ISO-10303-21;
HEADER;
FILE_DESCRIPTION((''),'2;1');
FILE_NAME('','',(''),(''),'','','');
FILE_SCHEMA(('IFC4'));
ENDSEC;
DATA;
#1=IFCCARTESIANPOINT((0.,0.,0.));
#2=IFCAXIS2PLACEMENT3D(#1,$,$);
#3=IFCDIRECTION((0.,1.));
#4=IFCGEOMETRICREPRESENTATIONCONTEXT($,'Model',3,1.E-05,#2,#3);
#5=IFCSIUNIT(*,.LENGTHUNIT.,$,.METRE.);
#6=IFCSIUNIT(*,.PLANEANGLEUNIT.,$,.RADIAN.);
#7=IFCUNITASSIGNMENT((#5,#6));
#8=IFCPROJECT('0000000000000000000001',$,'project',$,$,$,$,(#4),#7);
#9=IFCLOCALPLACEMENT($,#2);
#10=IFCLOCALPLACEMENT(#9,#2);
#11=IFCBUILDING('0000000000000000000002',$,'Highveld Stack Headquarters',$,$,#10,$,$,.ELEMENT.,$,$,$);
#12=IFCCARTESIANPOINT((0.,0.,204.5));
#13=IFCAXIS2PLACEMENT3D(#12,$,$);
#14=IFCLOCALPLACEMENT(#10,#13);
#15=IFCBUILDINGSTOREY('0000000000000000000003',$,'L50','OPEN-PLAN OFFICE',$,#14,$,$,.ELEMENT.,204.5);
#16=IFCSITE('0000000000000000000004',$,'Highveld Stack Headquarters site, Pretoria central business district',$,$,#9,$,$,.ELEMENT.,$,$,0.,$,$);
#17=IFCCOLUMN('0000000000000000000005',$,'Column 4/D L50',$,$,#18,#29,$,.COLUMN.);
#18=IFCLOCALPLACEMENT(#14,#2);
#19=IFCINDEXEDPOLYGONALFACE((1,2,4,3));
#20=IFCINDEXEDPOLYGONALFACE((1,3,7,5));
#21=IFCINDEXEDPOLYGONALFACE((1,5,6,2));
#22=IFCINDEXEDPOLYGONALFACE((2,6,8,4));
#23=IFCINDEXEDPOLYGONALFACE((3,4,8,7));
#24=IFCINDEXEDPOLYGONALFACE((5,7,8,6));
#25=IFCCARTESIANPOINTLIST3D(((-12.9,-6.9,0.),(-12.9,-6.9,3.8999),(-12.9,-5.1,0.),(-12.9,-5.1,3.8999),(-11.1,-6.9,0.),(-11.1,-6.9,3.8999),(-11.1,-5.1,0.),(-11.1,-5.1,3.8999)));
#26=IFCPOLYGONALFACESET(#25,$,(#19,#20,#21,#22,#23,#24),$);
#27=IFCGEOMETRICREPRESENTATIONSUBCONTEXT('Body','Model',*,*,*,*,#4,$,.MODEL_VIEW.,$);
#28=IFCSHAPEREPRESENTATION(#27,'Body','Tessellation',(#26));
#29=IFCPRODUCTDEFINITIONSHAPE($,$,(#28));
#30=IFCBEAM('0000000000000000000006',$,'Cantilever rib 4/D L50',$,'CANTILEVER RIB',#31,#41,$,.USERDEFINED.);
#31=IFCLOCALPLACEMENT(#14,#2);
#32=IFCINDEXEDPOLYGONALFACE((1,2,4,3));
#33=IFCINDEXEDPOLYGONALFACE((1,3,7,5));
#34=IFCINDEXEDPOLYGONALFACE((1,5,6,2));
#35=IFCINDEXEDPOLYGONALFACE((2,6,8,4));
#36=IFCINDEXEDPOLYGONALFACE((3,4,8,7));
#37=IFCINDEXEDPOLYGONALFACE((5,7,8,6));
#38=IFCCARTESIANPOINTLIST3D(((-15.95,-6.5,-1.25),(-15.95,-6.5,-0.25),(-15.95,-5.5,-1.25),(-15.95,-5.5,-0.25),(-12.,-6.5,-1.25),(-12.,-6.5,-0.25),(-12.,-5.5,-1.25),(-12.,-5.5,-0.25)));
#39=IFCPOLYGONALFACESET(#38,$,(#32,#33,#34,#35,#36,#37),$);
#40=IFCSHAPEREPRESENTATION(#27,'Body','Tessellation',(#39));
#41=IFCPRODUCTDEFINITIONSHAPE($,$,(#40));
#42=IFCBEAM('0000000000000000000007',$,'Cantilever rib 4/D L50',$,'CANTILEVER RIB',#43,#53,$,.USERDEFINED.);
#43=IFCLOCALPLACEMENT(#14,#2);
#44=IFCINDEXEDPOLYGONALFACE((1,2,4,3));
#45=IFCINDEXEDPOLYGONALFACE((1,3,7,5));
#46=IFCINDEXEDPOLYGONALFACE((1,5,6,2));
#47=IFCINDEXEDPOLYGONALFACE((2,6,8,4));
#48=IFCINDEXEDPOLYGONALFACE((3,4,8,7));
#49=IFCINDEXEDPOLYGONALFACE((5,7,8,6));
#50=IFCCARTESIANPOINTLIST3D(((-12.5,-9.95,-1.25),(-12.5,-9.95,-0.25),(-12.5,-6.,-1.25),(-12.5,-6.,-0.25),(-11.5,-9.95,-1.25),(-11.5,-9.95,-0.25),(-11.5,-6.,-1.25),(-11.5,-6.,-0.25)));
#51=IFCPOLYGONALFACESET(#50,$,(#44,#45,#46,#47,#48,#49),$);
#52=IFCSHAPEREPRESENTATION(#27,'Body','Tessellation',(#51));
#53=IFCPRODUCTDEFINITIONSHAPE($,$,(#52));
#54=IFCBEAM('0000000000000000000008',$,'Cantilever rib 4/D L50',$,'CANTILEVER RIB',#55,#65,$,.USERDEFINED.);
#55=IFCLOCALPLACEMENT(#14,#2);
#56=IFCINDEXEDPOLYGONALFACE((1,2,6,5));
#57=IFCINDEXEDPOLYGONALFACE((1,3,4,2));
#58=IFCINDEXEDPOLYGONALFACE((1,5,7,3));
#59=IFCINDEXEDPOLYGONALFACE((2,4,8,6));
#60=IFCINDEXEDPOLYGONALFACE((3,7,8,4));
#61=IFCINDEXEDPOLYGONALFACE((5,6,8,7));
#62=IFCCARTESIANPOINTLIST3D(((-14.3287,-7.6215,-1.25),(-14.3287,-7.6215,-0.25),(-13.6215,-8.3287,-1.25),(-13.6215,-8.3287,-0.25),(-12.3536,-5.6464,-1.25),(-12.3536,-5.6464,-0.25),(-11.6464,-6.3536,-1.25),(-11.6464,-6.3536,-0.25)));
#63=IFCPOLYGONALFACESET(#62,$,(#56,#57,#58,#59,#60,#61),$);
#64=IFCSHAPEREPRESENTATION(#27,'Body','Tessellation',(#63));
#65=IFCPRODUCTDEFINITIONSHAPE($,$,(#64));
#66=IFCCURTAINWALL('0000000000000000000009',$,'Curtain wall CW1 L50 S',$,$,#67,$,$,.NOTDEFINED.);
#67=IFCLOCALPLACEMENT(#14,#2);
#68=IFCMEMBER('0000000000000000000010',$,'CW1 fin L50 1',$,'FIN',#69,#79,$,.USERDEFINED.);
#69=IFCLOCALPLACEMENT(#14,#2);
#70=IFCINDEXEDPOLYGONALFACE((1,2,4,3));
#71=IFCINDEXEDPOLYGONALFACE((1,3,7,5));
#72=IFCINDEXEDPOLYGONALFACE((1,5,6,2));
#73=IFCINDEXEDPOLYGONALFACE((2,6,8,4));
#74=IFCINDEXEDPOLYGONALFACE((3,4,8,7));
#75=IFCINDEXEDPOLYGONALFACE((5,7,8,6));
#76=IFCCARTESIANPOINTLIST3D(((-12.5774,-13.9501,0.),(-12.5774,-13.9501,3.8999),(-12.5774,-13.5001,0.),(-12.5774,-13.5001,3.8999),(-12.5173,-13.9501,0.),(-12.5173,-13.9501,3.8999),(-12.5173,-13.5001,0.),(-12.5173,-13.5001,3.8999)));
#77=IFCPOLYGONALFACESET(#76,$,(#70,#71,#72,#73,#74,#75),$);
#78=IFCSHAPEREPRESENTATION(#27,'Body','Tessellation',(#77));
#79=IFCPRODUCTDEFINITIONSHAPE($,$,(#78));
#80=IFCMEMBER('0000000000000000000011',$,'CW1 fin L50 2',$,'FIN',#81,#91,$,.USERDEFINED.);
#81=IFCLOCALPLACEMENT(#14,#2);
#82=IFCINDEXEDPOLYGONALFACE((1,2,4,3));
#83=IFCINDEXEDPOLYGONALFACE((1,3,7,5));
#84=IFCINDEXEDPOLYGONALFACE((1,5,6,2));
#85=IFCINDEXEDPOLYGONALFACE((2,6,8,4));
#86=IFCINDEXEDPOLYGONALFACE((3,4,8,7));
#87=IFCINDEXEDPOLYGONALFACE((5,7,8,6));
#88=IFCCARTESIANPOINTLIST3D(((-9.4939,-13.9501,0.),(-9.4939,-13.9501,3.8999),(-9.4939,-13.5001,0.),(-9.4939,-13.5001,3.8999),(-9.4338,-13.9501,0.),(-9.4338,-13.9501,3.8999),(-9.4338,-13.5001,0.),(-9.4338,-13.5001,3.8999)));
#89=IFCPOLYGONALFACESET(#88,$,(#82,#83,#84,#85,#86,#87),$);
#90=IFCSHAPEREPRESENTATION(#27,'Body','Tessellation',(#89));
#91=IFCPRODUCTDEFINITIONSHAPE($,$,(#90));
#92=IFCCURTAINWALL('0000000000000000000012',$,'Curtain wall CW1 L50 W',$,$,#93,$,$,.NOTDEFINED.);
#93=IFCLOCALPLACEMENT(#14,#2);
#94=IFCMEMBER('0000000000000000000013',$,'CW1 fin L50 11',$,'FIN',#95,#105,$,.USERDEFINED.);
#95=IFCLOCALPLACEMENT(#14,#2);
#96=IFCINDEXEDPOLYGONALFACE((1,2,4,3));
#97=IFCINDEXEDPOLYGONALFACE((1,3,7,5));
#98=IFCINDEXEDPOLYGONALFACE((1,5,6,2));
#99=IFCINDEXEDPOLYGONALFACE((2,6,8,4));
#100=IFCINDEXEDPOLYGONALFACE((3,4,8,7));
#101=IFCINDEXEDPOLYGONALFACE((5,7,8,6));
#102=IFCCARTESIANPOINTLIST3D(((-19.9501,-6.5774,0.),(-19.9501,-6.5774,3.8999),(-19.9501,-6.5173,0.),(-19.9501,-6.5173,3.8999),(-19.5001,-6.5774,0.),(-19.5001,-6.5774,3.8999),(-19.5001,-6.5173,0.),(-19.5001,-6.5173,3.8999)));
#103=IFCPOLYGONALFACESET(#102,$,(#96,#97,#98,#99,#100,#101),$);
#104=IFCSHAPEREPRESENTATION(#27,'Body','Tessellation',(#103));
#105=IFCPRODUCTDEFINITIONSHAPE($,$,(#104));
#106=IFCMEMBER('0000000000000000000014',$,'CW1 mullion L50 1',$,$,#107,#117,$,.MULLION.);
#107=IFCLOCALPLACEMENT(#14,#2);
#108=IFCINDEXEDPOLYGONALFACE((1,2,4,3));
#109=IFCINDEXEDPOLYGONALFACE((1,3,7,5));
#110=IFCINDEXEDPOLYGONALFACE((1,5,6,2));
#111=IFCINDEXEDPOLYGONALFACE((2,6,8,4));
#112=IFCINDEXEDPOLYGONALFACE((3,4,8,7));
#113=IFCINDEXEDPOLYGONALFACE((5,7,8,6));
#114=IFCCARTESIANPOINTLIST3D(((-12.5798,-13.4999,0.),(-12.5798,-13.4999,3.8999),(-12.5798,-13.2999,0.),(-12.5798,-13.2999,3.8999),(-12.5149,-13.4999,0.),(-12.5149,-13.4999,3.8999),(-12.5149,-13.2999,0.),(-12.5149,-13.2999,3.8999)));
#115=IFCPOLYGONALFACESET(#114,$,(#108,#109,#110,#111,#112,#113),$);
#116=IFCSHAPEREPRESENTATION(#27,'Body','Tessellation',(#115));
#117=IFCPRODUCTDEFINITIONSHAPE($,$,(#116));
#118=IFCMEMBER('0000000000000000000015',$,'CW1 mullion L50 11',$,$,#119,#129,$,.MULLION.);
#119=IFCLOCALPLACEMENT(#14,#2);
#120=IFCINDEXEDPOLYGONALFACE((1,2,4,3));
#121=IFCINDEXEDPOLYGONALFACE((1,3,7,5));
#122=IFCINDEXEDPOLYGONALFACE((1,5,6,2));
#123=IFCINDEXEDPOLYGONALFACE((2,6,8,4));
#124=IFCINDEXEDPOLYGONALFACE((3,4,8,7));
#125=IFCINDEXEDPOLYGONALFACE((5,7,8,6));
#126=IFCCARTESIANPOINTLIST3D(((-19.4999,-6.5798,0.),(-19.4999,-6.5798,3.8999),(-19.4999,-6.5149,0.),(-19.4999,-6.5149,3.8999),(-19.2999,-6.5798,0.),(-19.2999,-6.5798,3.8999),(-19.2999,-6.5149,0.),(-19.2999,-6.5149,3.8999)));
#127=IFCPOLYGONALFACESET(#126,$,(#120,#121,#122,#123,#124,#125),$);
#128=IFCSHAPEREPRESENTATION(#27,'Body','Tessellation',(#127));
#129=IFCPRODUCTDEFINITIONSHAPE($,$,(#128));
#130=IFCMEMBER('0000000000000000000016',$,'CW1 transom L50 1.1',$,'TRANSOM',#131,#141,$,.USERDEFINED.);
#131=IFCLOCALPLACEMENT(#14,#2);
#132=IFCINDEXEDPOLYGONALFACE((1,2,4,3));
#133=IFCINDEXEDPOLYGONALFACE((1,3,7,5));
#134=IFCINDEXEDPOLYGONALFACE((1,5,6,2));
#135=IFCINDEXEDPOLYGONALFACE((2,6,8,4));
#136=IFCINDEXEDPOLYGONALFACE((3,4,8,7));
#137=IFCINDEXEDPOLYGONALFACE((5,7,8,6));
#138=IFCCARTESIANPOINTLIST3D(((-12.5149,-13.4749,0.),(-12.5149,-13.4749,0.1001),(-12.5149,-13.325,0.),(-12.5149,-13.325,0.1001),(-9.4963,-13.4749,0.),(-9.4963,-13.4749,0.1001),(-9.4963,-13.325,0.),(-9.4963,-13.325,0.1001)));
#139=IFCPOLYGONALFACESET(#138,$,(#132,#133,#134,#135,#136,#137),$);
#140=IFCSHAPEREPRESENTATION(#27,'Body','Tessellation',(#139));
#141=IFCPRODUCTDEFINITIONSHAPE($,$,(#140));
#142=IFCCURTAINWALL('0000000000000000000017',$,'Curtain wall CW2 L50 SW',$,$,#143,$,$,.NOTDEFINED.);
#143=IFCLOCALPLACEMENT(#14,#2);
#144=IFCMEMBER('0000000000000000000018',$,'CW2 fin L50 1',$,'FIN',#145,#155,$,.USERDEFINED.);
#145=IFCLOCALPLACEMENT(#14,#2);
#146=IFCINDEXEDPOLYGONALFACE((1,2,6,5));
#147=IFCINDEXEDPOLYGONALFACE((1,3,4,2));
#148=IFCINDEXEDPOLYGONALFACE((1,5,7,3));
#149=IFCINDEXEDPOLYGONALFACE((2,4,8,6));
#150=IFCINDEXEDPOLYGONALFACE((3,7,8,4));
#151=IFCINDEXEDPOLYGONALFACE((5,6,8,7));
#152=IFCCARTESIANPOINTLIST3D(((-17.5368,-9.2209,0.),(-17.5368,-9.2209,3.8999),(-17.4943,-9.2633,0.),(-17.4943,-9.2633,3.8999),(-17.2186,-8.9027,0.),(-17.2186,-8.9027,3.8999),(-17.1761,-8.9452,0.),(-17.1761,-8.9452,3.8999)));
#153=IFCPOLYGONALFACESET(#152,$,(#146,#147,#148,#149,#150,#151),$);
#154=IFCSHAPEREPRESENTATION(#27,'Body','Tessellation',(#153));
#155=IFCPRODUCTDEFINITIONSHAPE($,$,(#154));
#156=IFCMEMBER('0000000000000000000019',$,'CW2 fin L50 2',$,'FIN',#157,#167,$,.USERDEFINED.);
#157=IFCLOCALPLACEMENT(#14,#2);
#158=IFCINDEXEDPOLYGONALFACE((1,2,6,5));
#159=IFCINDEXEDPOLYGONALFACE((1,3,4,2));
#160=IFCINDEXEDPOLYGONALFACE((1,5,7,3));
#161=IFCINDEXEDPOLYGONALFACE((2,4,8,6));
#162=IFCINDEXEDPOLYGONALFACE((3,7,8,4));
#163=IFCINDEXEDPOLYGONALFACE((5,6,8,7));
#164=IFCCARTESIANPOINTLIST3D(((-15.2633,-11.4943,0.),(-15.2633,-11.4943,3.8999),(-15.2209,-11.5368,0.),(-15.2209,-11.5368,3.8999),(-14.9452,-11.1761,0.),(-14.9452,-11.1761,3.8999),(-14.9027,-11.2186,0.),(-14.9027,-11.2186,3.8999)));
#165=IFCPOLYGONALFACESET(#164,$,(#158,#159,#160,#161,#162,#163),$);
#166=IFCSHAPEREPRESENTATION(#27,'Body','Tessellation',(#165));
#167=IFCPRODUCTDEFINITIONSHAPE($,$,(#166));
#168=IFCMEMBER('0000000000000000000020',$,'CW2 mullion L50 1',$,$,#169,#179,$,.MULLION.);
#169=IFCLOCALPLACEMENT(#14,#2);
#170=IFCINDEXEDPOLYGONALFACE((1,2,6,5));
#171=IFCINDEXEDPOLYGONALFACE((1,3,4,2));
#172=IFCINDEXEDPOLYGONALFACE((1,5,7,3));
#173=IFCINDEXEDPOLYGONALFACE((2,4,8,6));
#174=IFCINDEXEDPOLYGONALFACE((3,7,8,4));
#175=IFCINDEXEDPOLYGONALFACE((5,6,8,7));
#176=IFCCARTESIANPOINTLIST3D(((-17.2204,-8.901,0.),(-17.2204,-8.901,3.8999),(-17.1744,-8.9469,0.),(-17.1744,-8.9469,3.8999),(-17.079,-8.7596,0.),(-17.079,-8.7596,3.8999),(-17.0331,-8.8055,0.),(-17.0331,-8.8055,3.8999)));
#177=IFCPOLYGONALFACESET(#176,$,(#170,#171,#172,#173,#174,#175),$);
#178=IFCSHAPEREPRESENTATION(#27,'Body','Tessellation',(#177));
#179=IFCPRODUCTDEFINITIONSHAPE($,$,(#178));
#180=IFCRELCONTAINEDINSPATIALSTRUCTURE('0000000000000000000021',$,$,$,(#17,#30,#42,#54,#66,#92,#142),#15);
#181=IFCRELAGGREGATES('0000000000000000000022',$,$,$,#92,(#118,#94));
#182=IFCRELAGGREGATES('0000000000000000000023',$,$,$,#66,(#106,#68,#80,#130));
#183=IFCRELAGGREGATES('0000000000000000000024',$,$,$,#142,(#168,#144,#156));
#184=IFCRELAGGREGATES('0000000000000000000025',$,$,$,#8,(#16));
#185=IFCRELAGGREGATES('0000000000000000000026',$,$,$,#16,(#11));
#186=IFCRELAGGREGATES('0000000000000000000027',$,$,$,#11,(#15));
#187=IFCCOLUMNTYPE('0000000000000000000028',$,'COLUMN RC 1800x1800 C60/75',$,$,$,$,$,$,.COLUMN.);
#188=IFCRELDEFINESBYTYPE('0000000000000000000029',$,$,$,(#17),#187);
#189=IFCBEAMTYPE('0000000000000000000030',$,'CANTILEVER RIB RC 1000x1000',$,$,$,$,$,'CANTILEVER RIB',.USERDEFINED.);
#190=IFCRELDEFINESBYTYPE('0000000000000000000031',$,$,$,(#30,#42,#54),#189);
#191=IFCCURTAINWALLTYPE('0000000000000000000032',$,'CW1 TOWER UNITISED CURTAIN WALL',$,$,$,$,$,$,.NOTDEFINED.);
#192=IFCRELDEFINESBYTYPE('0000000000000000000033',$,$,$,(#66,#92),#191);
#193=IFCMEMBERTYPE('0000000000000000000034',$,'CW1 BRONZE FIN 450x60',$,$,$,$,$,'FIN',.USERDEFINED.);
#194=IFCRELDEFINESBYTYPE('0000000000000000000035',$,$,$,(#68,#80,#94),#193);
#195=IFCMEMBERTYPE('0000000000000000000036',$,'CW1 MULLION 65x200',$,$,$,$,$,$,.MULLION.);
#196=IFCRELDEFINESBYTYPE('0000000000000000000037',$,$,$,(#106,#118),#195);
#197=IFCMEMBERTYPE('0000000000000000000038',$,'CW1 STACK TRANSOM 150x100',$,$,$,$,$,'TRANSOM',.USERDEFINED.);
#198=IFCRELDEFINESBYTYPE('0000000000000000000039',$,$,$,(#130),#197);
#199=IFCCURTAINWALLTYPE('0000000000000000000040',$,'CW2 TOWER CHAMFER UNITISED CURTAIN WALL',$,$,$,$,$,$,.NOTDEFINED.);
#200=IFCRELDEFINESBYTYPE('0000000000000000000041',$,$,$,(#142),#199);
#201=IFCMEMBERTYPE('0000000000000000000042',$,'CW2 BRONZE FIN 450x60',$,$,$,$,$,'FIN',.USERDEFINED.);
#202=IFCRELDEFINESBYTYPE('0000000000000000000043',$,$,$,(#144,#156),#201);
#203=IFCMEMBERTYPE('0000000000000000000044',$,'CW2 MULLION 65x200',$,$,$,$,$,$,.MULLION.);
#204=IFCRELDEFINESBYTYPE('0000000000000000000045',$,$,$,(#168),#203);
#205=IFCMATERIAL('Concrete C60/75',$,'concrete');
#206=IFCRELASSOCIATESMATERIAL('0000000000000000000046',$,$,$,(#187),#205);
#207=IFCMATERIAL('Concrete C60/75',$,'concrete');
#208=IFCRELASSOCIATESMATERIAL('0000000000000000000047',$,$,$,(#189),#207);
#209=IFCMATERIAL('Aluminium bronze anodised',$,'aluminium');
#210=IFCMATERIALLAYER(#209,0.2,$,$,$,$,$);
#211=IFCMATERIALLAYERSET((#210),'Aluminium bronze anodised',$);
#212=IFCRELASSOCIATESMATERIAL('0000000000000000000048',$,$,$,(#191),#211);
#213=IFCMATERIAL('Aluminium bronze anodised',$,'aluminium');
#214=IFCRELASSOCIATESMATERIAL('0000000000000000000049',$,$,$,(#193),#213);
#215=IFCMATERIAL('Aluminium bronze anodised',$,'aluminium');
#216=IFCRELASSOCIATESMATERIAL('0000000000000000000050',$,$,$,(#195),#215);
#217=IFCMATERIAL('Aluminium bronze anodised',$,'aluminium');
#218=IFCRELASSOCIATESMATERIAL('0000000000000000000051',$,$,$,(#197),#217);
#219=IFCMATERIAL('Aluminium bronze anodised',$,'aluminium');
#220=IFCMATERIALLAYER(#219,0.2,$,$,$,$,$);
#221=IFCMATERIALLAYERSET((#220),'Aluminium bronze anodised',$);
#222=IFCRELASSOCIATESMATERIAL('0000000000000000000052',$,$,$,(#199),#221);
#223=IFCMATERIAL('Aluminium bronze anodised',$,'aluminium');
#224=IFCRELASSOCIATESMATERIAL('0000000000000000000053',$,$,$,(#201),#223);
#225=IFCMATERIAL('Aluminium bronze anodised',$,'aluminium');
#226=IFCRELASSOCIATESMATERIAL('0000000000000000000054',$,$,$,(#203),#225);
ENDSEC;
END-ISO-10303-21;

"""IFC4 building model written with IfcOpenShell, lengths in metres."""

from ifc_helpers import new_model, si_unit, direction, frame, origin, origin_2d, place, context, subcontext, project, spatial, rectangle, extrude, material, layer, layer_set, material_profile, profile_set, type_object, element, aggregate, save


model = new_model("IFC4")

# Units and contexts
model_context = context("Model", 3, precision=1e-05, world=origin(), true_north=direction((0.0, 1.0)))
body_context = subcontext(model_context, "Body", "Model", "MODEL_VIEW")
ifc_project = project(units=[si_unit("LENGTHUNIT", "METRE"), si_unit("PLANEANGLEUNIT", "RADIAN")], contexts=[model_context])

# Site, building, storey
site_placement = place(None, origin())
site = spatial("IfcSite", under=ifc_project, at=site_placement, Name="Highveld Stack Headquarters site, Pretoria central business district", CompositionType="ELEMENT", RefElevation=0.0)
building_placement = place(site_placement, origin())
building = spatial("IfcBuilding", under=site, at=building_placement, Name="Highveld Stack Headquarters", CompositionType="ELEMENT")
storey_placement = place(building_placement, frame((0.0, 0.0, 204.5)))
storey = spatial("IfcBuildingStorey", under=building, at=storey_placement, Name="L50", Description="OPEN-PLAN OFFICE", CompositionType="ELEMENT", Elevation=204.5)

# Column
ifc_material_1 = material(Name="Concrete C60/75", Category="concrete")
ifc_material_profile_1 = material_profile(ifc_material_1, rectangle(XDim=1.8, YDim=1.8, at=origin_2d()), Name="RC 1800x1800")
ifc_profile_set_1 = profile_set([ifc_material_profile_1], Name="Concrete C60/75")
column_type = type_object("IfcColumnType", Name="COLUMN RC 1800x1800 C60/75", PredefinedType="COLUMN", material=ifc_profile_set_1)
column_placement = place(storey_placement, frame((-12.0, -6.0, 0.0), z_axis=(0.0, 0.0, 1.0), x_axis=(1.0, 0.0, 0.0)))
element("IfcColumn", 1, at=column_placement, inside=storey, type_object=column_type, Name="Column 4/D L50", PredefinedType="COLUMN", context=body_context, shape_type="SweptSolid", body=[
    extrude(rectangle(XDim=1.8, YDim=1.8, at=origin_2d()), origin(), (0.0, 0.0, 1.0), 3.8999),
])

# Beams
ifc_material_2 = material(Name="Concrete C60/75", Category="concrete")
ifc_material_profile_2 = material_profile(ifc_material_2, rectangle(XDim=1.0, YDim=1.0, at=origin_2d()), Name="RC 1000x1000")
ifc_profile_set_2 = profile_set([ifc_material_profile_2], Name="Concrete C60/75")
beam_type_1 = type_object("IfcBeamType", Name="CANTILEVER RIB RC 1000x1000", ElementType="CANTILEVER RIB", PredefinedType="USERDEFINED", material=ifc_profile_set_2)
for number, where, z_axis, x_axis, name in (
    (2, (-12.0, -6.0, -0.75), (-1.0, 0.0, 0.0), (0.0, -1.0, 0.0), "Cantilever rib 4/D L50"),
    (3, (-12.0, -6.0, -0.75), (0.0, -1.0, 0.0), (1.0, 0.0, 0.0), "Cantilever rib 4/D L50"),
):
    element("IfcBeam", number, at=place(storey_placement, frame(where, z_axis=z_axis, x_axis=x_axis)), inside=storey, type_object=beam_type_1, Name=name, ObjectType="CANTILEVER RIB", PredefinedType="USERDEFINED", context=body_context, shape_type="SweptSolid", body=[
        extrude(rectangle(XDim=1.0, YDim=1.0, at=origin_2d()), origin(), (0.0, 0.0, 1.0), 3.95),
    ])
beam_1_placement = place(storey_placement, frame((-12.0, -6.0, -0.75), z_axis=(-0.707107, -0.707107, 0.0), x_axis=(0.707107, -0.707107, 0.0)))
element("IfcBeam", 4, at=beam_1_placement, inside=storey, type_object=beam_type_1, Name="Cantilever rib 4/D L50", ObjectType="CANTILEVER RIB", PredefinedType="USERDEFINED", context=body_context, shape_type="SweptSolid", body=[
    extrude(rectangle(XDim=1.0, YDim=1.0, at=origin_2d()), origin(), (0.0, 0.0, 1.0), 2.7932),
])

# Curtain wall, members
ifc_material_3 = material(Name="Aluminium bronze anodised", Category="aluminium")
ifc_layer_1 = layer(ifc_material_3, 0.2)
ifc_layer_set_1 = layer_set([ifc_layer_1], Name="Aluminium bronze anodised")
curtain_wall_type_1 = type_object("IfcCurtainWallType", Name="CW1 TOWER UNITISED CURTAIN WALL", PredefinedType="NOTDEFINED", material=ifc_layer_set_1)
curtain_wall_1_placement = place(storey_placement, origin())
curtain_wall_1 = element("IfcCurtainWall", 5, at=curtain_wall_1_placement, inside=storey, type_object=curtain_wall_type_1, Name="Curtain wall CW1 L50 S", PredefinedType="NOTDEFINED")
ifc_material_4 = material(Name="Aluminium bronze anodised", Category="aluminium")
ifc_material_profile_3 = material_profile(ifc_material_4, rectangle(XDim=0.45, YDim=0.0601, at=origin_2d()), Name="FIN 450x60")
ifc_profile_set_3 = profile_set([ifc_material_profile_3], Name="Aluminium bronze anodised")
member_type_1 = type_object("IfcMemberType", Name="CW1 BRONZE FIN 450x60", ElementType="FIN", PredefinedType="USERDEFINED", material=ifc_profile_set_3)
member_1_placement = place(storey_placement, frame((-12.5474, -13.7251, 0.0), z_axis=(0.0, 0.0, 1.0), x_axis=(0.0, 1.0, 0.0)))
member_1 = element("IfcMember", 6, at=member_1_placement, type_object=member_type_1, Name="CW1 fin L50 1", ObjectType="FIN", PredefinedType="USERDEFINED", context=body_context, shape_type="SweptSolid", body=[
    extrude(rectangle(XDim=0.45, YDim=0.0601, at=origin_2d()), origin(), (0.0, 0.0, 1.0), 3.8999),
])
member_2_placement = place(storey_placement, frame((-9.4639, -13.7251, 0.0), z_axis=(0.0, 0.0, 1.0), x_axis=(0.0, 1.0, 0.0)))
member_2 = element("IfcMember", 7, at=member_2_placement, type_object=member_type_1, Name="CW1 fin L50 2", ObjectType="FIN", PredefinedType="USERDEFINED", context=body_context, shape_type="SweptSolid", body=[
    extrude(rectangle(XDim=0.45, YDim=0.0601, at=origin_2d()), origin(), (0.0, 0.0, 1.0), 3.8999),
])

# Curtain wall, member
curtain_wall_2_placement = place(storey_placement, origin())
curtain_wall_2 = element("IfcCurtainWall", 8, at=curtain_wall_2_placement, inside=storey, type_object=curtain_wall_type_1, Name="Curtain wall CW1 L50 W", PredefinedType="NOTDEFINED")
member_3_placement = place(storey_placement, frame((-19.7251, -6.5474, 0.0), z_axis=(0.0, 0.0, 1.0), x_axis=(1.0, 0.0, 0.0)))
member_3 = element("IfcMember", 9, at=member_3_placement, type_object=member_type_1, Name="CW1 fin L50 11", ObjectType="FIN", PredefinedType="USERDEFINED", context=body_context, shape_type="SweptSolid", body=[
    extrude(rectangle(XDim=0.45, YDim=0.0601, at=origin_2d()), origin(), (0.0, 0.0, 1.0), 3.8999),
])

# Members
ifc_material_5 = material(Name="Aluminium bronze anodised", Category="aluminium")
ifc_material_profile_4 = material_profile(ifc_material_5, rectangle(XDim=0.2, YDim=0.0649, at=origin_2d()), Name="CW1 MULLION 65x200")
ifc_profile_set_4 = profile_set([ifc_material_profile_4], Name="Aluminium bronze anodised")
member_type_2 = type_object("IfcMemberType", Name="CW1 MULLION 65x200", PredefinedType="MULLION", material=ifc_profile_set_4)
member_4_placement = place(storey_placement, frame((-12.5474, -13.3999, 0.0), z_axis=(0.0, 0.0, 1.0), x_axis=(0.0, 1.0, 0.0)))
member_4 = element("IfcMember", 10, at=member_4_placement, type_object=member_type_2, Name="CW1 mullion L50 1", PredefinedType="MULLION", context=body_context, shape_type="SweptSolid", body=[
    extrude(rectangle(XDim=0.2, YDim=0.0649, at=origin_2d()), origin(), (0.0, 0.0, 1.0), 3.8999),
])
member_5_placement = place(storey_placement, frame((-19.3999, -6.5474, 0.0), z_axis=(0.0, 0.0, 1.0), x_axis=(1.0, 0.0, 0.0)))
member_5 = element("IfcMember", 11, at=member_5_placement, type_object=member_type_2, Name="CW1 mullion L50 11", PredefinedType="MULLION", context=body_context, shape_type="SweptSolid", body=[
    extrude(rectangle(XDim=0.2, YDim=0.0649, at=origin_2d()), origin(), (0.0, 0.0, 1.0), 3.8999),
])
aggregate(curtain_wall_2, [member_5, member_3])
ifc_material_6 = material(Name="Aluminium bronze anodised", Category="aluminium")
ifc_material_profile_5 = material_profile(ifc_material_6, rectangle(XDim=0.1499, YDim=0.1001, at=origin_2d()), Name="CW1 TRANSOM 150x100")
ifc_profile_set_5 = profile_set([ifc_material_profile_5], Name="Aluminium bronze anodised")
member_type_3 = type_object("IfcMemberType", Name="CW1 STACK TRANSOM 150x100", ElementType="TRANSOM", PredefinedType="USERDEFINED", material=ifc_profile_set_5)
member_6_placement = place(storey_placement, frame((-12.5149, -13.3999, 0.05), z_axis=(1.0, 0.0, 0.0), x_axis=(0.0, 1.0, 0.0)))
member_6 = element("IfcMember", 12, at=member_6_placement, type_object=member_type_3, Name="CW1 transom L50 1.1", ObjectType="TRANSOM", PredefinedType="USERDEFINED", context=body_context, shape_type="SweptSolid", body=[
    extrude(rectangle(XDim=0.1499, YDim=0.1001, at=origin_2d()), origin(), (0.0, 0.0, 1.0), 3.0186),
])

# Curtain wall, members
ifc_material_7 = material(Name="Aluminium bronze anodised", Category="aluminium")
ifc_layer_2 = layer(ifc_material_7, 0.2)
ifc_layer_set_2 = layer_set([ifc_layer_2], Name="Aluminium bronze anodised")
curtain_wall_type_2 = type_object("IfcCurtainWallType", Name="CW2 TOWER CHAMFER UNITISED CURTAIN WALL", PredefinedType="NOTDEFINED", material=ifc_layer_set_2)
curtain_wall_3_placement = place(storey_placement, origin())
curtain_wall_3 = element("IfcCurtainWall", 13, at=curtain_wall_3_placement, inside=storey, type_object=curtain_wall_type_2, Name="Curtain wall CW2 L50 SW", PredefinedType="NOTDEFINED")
ifc_material_8 = material(Name="Aluminium bronze anodised", Category="aluminium")
ifc_material_profile_6 = material_profile(ifc_material_8, rectangle(XDim=0.45, YDim=0.0601, at=origin_2d()), Name="FIN 450x60")
ifc_profile_set_6 = profile_set([ifc_material_profile_6], Name="Aluminium bronze anodised")
member_type_4 = type_object("IfcMemberType", Name="CW2 BRONZE FIN 450x60", ElementType="FIN", PredefinedType="USERDEFINED", material=ifc_profile_set_6)
member_7_placement = place(storey_placement, frame((-17.3564, -9.083, 0.0), z_axis=(0.0, 0.0, 1.0), x_axis=(0.707107, 0.707107, 0.0)))
member_7 = element("IfcMember", 14, at=member_7_placement, type_object=member_type_4, Name="CW2 fin L50 1", ObjectType="FIN", PredefinedType="USERDEFINED", context=body_context, shape_type="SweptSolid", body=[
    extrude(rectangle(XDim=0.45, YDim=0.0601, at=origin_2d()), origin(), (0.0, 0.0, 1.0), 3.8999),
])
member_8_placement = place(storey_placement, frame((-15.083, -11.3564, 0.0), z_axis=(0.0, 0.0, 1.0), x_axis=(0.707107, 0.707107, 0.0)))
member_8 = element("IfcMember", 15, at=member_8_placement, type_object=member_type_4, Name="CW2 fin L50 2", ObjectType="FIN", PredefinedType="USERDEFINED", context=body_context, shape_type="SweptSolid", body=[
    extrude(rectangle(XDim=0.45, YDim=0.0601, at=origin_2d()), origin(), (0.0, 0.0, 1.0), 3.8999),
])
ifc_material_9 = material(Name="Aluminium bronze anodised", Category="aluminium")
ifc_material_profile_7 = material_profile(ifc_material_9, rectangle(XDim=0.2, YDim=0.0649, at=origin_2d()), Name="CW2 MULLION 65x200")
ifc_profile_set_7 = profile_set([ifc_material_profile_7], Name="Aluminium bronze anodised")
member_type_5 = type_object("IfcMemberType", Name="CW2 MULLION 65x200", PredefinedType="MULLION", material=ifc_profile_set_7)
member_9_placement = place(storey_placement, frame((-17.1267, -8.8533, 0.0), z_axis=(0.0, 0.0, 1.0), x_axis=(0.707107, 0.707107, 0.0)))
member_9 = element("IfcMember", 16, at=member_9_placement, type_object=member_type_5, Name="CW2 mullion L50 1", PredefinedType="MULLION", context=body_context, shape_type="SweptSolid", body=[
    extrude(rectangle(XDim=0.2, YDim=0.0649, at=origin_2d()), origin(), (0.0, 0.0, 1.0), 3.8999),
])

aggregate(curtain_wall_1, [member_4, member_1, member_2, member_6])
aggregate(curtain_wall_3, [member_9, member_7, member_8])

save(model, "model.ifc")
